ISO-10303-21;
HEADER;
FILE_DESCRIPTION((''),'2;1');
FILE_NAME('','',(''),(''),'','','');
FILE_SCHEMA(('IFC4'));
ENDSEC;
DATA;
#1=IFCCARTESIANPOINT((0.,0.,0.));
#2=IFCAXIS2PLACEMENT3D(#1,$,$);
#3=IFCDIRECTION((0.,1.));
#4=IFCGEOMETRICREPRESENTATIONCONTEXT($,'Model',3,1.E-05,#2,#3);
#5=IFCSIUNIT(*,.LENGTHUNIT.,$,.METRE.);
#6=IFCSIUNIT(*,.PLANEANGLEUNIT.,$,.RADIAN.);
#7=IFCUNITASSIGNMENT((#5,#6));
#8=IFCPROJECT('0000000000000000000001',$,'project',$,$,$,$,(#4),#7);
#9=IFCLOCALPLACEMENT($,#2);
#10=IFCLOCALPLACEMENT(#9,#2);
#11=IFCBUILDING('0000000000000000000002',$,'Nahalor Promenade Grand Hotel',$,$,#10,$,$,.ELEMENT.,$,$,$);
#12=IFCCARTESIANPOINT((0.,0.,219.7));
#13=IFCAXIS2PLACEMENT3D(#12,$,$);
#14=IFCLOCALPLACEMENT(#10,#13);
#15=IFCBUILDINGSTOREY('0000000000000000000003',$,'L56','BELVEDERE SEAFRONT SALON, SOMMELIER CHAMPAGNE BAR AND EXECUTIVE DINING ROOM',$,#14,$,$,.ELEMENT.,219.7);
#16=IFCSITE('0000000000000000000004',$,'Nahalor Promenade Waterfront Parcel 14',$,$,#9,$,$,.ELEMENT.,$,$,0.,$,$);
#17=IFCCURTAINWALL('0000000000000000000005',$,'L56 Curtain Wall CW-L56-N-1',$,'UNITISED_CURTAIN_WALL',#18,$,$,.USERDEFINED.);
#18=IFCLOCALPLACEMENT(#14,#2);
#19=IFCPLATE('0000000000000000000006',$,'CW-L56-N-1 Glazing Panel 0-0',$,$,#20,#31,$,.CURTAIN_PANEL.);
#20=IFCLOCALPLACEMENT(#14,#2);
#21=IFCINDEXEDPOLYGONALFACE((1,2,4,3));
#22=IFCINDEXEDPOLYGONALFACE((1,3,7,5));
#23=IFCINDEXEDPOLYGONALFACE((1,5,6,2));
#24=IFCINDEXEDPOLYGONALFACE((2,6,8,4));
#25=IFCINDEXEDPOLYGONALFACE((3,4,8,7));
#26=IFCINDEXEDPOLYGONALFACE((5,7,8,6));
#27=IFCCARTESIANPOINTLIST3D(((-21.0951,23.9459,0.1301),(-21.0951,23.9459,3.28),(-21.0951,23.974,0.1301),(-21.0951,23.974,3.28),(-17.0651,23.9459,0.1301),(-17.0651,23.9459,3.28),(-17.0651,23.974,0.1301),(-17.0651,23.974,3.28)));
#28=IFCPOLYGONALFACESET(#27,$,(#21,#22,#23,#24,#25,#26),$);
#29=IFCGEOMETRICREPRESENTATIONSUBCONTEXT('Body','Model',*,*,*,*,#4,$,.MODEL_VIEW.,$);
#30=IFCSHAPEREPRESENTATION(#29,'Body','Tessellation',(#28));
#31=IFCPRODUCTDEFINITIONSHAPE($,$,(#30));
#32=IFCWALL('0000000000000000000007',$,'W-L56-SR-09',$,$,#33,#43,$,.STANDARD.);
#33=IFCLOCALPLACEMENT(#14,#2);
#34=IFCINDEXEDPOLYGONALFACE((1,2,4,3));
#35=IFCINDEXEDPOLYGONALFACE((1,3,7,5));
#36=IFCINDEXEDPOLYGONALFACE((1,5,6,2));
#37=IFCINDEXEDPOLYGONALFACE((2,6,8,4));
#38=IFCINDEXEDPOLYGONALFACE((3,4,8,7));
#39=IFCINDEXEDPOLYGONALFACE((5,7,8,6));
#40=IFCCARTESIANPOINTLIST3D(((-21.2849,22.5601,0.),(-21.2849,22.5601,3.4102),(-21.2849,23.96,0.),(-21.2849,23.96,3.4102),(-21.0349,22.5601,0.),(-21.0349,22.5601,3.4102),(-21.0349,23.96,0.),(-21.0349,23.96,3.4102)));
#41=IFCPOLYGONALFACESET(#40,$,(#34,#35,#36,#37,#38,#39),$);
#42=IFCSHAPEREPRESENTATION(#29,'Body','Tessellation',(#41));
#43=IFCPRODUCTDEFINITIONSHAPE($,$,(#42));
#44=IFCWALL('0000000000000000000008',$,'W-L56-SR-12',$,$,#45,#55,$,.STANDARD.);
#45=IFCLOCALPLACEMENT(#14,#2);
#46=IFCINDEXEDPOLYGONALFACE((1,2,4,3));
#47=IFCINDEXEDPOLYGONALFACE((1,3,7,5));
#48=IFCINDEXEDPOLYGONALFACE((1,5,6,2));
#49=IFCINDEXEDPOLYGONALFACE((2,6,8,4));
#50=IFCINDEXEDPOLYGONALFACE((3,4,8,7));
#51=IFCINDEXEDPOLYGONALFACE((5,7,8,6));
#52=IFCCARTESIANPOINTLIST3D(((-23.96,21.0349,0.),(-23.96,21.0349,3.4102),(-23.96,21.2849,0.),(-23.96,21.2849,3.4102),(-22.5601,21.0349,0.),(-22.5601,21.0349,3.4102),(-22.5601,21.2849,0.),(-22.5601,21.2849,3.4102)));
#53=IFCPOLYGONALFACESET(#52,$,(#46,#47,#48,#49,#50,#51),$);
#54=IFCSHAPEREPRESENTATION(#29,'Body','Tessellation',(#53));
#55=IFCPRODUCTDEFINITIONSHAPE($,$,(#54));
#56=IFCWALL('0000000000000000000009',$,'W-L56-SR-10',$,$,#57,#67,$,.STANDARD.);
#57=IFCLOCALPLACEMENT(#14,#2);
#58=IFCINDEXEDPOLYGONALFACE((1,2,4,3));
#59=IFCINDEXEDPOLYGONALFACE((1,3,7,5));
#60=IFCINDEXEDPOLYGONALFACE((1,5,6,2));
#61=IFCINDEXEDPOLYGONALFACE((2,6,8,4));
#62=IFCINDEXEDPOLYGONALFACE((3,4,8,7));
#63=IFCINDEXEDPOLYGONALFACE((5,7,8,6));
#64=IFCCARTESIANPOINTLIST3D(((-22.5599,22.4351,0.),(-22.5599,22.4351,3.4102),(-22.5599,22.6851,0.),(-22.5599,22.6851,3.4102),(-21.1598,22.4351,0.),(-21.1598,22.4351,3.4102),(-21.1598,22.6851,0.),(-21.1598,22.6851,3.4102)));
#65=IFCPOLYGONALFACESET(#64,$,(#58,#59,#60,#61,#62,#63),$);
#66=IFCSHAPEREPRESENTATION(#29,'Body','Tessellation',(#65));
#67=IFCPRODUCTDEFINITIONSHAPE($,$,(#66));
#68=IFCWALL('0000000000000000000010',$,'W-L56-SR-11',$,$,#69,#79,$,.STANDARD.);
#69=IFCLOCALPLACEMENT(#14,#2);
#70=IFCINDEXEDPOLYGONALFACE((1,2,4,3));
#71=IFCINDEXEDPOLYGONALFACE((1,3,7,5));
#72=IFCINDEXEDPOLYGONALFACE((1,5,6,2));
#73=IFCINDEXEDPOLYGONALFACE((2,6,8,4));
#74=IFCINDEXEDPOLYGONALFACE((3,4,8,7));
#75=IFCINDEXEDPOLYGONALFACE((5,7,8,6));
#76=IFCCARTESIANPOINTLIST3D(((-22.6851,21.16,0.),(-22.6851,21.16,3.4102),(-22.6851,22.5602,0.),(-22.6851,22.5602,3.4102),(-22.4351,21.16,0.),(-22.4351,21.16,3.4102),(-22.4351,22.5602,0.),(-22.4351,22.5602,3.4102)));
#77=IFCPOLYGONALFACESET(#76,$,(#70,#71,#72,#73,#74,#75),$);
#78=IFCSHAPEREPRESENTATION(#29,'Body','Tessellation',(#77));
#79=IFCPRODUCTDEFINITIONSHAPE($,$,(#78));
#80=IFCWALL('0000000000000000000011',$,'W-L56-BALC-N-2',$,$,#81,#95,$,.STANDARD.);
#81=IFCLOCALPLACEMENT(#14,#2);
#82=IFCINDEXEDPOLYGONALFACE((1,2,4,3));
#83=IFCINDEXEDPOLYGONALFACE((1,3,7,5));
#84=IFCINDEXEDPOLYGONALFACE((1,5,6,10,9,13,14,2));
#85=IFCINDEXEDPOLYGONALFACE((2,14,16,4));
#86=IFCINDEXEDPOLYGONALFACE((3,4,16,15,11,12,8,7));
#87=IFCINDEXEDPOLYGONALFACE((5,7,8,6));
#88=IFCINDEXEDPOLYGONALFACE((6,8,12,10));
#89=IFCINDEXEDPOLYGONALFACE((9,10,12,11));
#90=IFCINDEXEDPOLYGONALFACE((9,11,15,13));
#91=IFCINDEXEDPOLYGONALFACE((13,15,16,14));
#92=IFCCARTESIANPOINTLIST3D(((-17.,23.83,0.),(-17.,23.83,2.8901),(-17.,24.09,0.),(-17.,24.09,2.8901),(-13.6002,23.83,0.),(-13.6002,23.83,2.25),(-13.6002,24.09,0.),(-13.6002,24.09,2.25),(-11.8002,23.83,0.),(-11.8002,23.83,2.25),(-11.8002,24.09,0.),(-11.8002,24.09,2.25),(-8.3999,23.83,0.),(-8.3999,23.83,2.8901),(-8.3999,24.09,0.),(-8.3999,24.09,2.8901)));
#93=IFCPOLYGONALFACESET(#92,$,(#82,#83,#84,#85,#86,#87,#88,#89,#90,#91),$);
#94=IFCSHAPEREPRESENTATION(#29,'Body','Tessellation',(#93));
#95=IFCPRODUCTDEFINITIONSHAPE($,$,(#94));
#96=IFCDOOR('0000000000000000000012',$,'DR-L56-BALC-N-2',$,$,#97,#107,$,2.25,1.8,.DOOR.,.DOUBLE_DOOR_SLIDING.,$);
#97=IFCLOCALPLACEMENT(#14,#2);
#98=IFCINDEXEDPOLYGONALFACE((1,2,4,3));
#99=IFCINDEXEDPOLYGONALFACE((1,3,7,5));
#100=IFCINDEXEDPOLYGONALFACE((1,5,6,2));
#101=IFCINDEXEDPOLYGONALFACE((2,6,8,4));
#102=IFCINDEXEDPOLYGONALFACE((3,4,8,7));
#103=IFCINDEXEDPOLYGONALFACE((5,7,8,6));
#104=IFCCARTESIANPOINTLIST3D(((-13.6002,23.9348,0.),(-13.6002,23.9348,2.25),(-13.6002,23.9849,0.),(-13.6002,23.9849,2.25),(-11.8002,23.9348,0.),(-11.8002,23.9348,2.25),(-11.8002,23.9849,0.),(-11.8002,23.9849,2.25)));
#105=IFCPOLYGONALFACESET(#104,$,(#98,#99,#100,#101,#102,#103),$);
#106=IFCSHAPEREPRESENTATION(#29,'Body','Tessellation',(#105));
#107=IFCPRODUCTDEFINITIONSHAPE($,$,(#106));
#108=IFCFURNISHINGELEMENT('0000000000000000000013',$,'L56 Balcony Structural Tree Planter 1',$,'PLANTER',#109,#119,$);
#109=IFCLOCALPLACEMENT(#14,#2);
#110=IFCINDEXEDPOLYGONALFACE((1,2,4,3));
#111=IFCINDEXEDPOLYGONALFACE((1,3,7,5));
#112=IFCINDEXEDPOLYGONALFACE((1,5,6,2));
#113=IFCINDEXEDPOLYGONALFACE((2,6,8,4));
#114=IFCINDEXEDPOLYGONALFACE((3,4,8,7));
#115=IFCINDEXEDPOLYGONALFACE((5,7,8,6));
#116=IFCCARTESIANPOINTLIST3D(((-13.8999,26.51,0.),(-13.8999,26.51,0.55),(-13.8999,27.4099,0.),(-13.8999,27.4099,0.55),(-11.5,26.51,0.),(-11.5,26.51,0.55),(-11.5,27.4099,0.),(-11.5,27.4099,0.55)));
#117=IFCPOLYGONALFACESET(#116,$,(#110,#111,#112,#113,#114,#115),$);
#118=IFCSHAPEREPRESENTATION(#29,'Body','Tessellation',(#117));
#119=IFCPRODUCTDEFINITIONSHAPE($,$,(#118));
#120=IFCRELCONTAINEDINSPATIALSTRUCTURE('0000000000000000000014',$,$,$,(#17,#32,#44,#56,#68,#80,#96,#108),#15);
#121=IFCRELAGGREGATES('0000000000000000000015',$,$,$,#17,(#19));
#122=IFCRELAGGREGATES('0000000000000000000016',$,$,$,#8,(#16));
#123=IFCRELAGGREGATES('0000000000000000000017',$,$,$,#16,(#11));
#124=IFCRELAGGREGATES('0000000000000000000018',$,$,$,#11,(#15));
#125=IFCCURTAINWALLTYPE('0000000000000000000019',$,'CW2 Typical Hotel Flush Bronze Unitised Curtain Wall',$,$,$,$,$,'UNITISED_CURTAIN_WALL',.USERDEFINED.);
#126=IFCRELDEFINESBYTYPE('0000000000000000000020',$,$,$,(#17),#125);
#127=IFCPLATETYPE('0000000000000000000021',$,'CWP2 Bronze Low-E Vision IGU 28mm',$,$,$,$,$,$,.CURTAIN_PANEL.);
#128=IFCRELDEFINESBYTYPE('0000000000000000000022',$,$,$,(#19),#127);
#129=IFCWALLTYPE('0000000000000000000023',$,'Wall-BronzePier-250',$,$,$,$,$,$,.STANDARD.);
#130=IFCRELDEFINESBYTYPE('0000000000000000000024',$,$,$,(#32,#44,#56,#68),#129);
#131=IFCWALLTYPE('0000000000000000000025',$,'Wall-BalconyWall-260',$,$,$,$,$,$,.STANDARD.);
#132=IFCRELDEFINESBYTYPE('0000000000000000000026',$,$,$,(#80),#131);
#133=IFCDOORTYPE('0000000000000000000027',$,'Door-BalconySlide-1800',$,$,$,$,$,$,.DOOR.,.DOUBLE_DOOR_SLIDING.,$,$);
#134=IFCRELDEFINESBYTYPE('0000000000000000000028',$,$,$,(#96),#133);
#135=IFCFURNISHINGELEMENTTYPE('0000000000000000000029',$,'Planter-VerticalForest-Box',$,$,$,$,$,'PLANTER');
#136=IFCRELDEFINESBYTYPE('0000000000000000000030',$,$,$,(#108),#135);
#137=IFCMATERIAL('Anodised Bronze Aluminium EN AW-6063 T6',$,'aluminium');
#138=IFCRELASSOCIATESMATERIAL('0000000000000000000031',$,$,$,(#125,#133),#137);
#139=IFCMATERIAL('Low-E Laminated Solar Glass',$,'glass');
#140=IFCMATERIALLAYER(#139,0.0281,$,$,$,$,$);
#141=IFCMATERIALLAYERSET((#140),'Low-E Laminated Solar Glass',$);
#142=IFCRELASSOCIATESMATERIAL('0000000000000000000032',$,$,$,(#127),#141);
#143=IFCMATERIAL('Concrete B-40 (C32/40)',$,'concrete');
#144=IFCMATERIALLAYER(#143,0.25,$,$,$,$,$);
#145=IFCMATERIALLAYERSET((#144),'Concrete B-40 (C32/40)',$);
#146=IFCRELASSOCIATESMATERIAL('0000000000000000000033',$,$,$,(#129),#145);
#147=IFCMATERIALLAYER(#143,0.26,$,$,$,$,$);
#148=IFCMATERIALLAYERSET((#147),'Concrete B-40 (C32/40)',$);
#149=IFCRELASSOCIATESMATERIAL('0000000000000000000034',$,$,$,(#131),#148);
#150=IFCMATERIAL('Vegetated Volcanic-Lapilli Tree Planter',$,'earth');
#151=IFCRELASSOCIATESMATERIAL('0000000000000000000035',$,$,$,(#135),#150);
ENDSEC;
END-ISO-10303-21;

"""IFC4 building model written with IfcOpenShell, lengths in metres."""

from ifc_helpers import new_model, si_unit, direction, frame, frame_2d, origin, origin_2d, place, context, subcontext, project, spatial, rectangle, extrude, source, transform, mapped, material, layer, layer_set, type_object, element, fill, aggregate, save


model = new_model("IFC4")

# Units and contexts
model_context = context("Model", 3, precision=1e-05, world=origin(), true_north=direction((0.0, 1.0)))
body_context = subcontext(model_context, "Body", "Model", "MODEL_VIEW")
ifc_project = project(units=[si_unit("LENGTHUNIT", "METRE"), si_unit("PLANEANGLEUNIT", "RADIAN")], contexts=[model_context])

# Site, building, storey
site_placement = place(None, origin())
site = spatial("IfcSite", under=ifc_project, at=site_placement, Name="Nahalor Promenade Waterfront Parcel 14", CompositionType="ELEMENT", RefElevation=0.0)
building_placement = place(site_placement, origin())
building = spatial("IfcBuilding", under=site, at=building_placement, Name="Nahalor Promenade Grand Hotel", CompositionType="ELEMENT")
storey_placement = place(building_placement, frame((0.0, 0.0, 219.7)))
storey = spatial("IfcBuildingStorey", under=building, at=storey_placement, Name="L56", Description="BELVEDERE SEAFRONT SALON, SOMMELIER CHAMPAGNE BAR AND EXECUTIVE DINING ROOM", CompositionType="ELEMENT", Elevation=219.7)

# Curtain wall
ifc_material_1 = material(Name="Anodised Bronze Aluminium EN AW-6063 T6", Category="aluminium")
curtain_wall_type = type_object("IfcCurtainWallType", Name="CW2 Typical Hotel Flush Bronze Unitised Curtain Wall", ElementType="UNITISED_CURTAIN_WALL", PredefinedType="USERDEFINED", material=ifc_material_1)
curtain_wall_1_placement = place(storey_placement, origin())
curtain_wall_1 = element("IfcCurtainWall", 1, at=curtain_wall_1_placement, inside=storey, type_object=curtain_wall_type, Name="L56 Curtain Wall CW-L56-N-1", ObjectType="UNITISED_CURTAIN_WALL", PredefinedType="USERDEFINED")

# Plate
ifc_material_2 = material(Name="Low-E Laminated Solar Glass", Category="glass")
ifc_layer_1 = layer(ifc_material_2, 0.0281)
ifc_layer_set_1 = layer_set([ifc_layer_1], Name="Low-E Laminated Solar Glass")
plate_type = type_object("IfcPlateType", Name="CWP2 Bronze Low-E Vision IGU 28mm", PredefinedType="CURTAIN_PANEL", material=ifc_layer_set_1)
shared_shape_1 = source(origin(), body_context, "Body", "SweptSolid", [
    extrude(rectangle(XDim=4.03, YDim=0.0281, at=origin_2d()), origin(), (0.0, 0.0, 1.0), 3.1499),
])
plate_placement = place(storey_placement, frame((-19.0801, 23.96, 0.1301), z_axis=(0.0, 0.0, 1.0), x_axis=(1.0, 0.0, 0.0)))
plate = element("IfcPlate", 2, at=plate_placement, type_object=plate_type, Name="CW-L56-N-1 Glazing Panel 0-0", PredefinedType="CURTAIN_PANEL", context=body_context, shape_type="MappedRepresentation", body=[
    mapped(shared_shape_1, transform((0.0, 0.0, 0.0), scale=1.0)),
])
aggregate(curtain_wall_1, [plate])

# Walls
ifc_material_3 = material(Name="Concrete B-40 (C32/40)", Category="concrete")
ifc_layer_2 = layer(ifc_material_3, 0.25)
ifc_layer_set_2 = layer_set([ifc_layer_2], Name="Concrete B-40 (C32/40)")
wall_type_1 = type_object("IfcWallType", Name="Wall-BronzePier-250", PredefinedType="STANDARD", material=ifc_layer_set_2)
shared_shape_2 = source(origin(), body_context, "Body", "SweptSolid", [
    extrude(rectangle(XDim=1.3999, YDim=0.25, at=frame_2d((0.7, 0.0))), origin(), (0.0, 0.0, 1.0), 3.4102),
])
for number, where, z_axis, x_axis, name in (
    (3, (-21.1599, 22.5601, 0.0), (0.0, 0.0, 1.0), (0.0, 1.0, 0.0), "W-L56-SR-09"),
    (4, (-23.96, 21.1599, 0.0), (0.0, 0.0, 1.0), (1.0, 0.0, 0.0), "W-L56-SR-12"),
):
    element("IfcWall", number, at=place(storey_placement, frame(where, z_axis=z_axis, x_axis=x_axis)), inside=storey, type_object=wall_type_1, Name=name, PredefinedType="STANDARD", context=body_context, shape_type="MappedRepresentation", body=[
        mapped(shared_shape_2, transform((0.0, 0.0, 0.0), scale=1.0)),
    ])
shared_shape_3 = source(origin(), body_context, "Body", "SweptSolid", [
    extrude(rectangle(XDim=1.4001, YDim=0.25, at=frame_2d((0.7002, 0.0))), origin(), (0.0, 0.0, 1.0), 3.4102),
])
for number, where, z_axis, x_axis, name in (
    (5, (-22.5601, 22.5601, 0.0), (0.0, 0.0, 1.0), (1.0, 0.0, 0.0), "W-L56-SR-10"),
    (6, (-22.5601, 21.1599, 0.0), (0.0, 0.0, 1.0), (0.0, 1.0, 0.0), "W-L56-SR-11"),
):
    element("IfcWall", number, at=place(storey_placement, frame(where, z_axis=z_axis, x_axis=x_axis)), inside=storey, type_object=wall_type_1, Name=name, PredefinedType="STANDARD", context=body_context, shape_type="MappedRepresentation", body=[
        mapped(shared_shape_3, transform((0.0, 0.0, 0.0), scale=1.0)),
    ])

# Wall, opening, door
ifc_layer_3 = layer(ifc_material_3, 0.26)
ifc_layer_set_3 = layer_set([ifc_layer_3], Name="Concrete B-40 (C32/40)")
wall_type_2 = type_object("IfcWallType", Name="Wall-BalconyWall-260", PredefinedType="STANDARD", material=ifc_layer_set_3)
shared_shape_4 = source(origin(), body_context, "Body", "SweptSolid", [
    extrude(rectangle(XDim=8.6001, YDim=0.26, at=frame_2d((4.3, 0.0))), origin(), (0.0, 0.0, 1.0), 2.8901),
])
wall_placement = place(storey_placement, frame((-17.0, 23.96, 0.0), z_axis=(0.0, 0.0, 1.0), x_axis=(1.0, 0.0, 0.0)))
wall = element("IfcWall", 7, at=wall_placement, inside=storey, type_object=wall_type_2, Name="W-L56-BALC-N-2", PredefinedType="STANDARD", context=body_context, shape_type="MappedRepresentation", body=[
    mapped(shared_shape_4, transform((0.0, 0.0, 0.0), scale=1.0)),
])
opening_placement = place(wall_placement, frame((3.3999, 0.0, 0.0)))
opening = element("IfcOpeningElement", 8, at=opening_placement, cuts=wall, PredefinedType="OPENING", context=body_context, shape_type="SweptSolid", body=[
    extrude(rectangle(XDim=1.8, YDim=2.25, at=frame_2d((0.8999, 1.125))), frame((0.0, 0.1399, 0.0), z_axis=(0.0, -1.0, 0.0), x_axis=(1.0, 0.0, 0.0)), (0.0, 0.0, 1.0), 0.28),
])
door_type = type_object("IfcDoorType", Name="Door-BalconySlide-1800", OperationType="DOUBLE_DOOR_SLIDING", PredefinedType="DOOR", material=ifc_material_1)
shared_shape_5 = source(origin(), body_context, "Body", "SweptSolid", [
    extrude(rectangle(XDim=1.8, YDim=2.25, at=frame_2d((0.8999, 1.125))), frame((0.0, 0.0249, 0.0), z_axis=(0.0, -1.0, 0.0), x_axis=(1.0, 0.0, 0.0)), (0.0, 0.0, 1.0), 0.05),
])
door_placement = place(opening_placement, origin())
door = element("IfcDoor", 9, at=door_placement, inside=storey, type_object=door_type, Name="DR-L56-BALC-N-2", OperationType="DOUBLE_DOOR_SLIDING", OverallHeight=2.25, OverallWidth=1.8, PredefinedType="DOOR", context=body_context, shape_type="MappedRepresentation", body=[
    mapped(shared_shape_5, transform((0.0, 0.0, 0.0), scale=1.0)),
])
fill(opening, door)

# Furnishing element
ifc_material_4 = material(Name="Vegetated Volcanic-Lapilli Tree Planter", Category="earth")
furnishing_element_type = type_object("IfcFurnishingElementType", Name="Planter-VerticalForest-Box", ElementType="PLANTER", material=ifc_material_4)
shared_shape_6 = source(origin(), body_context, "Body", "SweptSolid", [
    extrude(rectangle(XDim=2.3999, YDim=0.8999, at=origin_2d()), origin(), (0.0, 0.0, 1.0), 0.55),
])
furnishing_placement = place(storey_placement, frame((-12.7, 26.96, 0.0), z_axis=(0.0, 0.0, 1.0), x_axis=(1.0, 0.0, 0.0)))
element("IfcFurnishingElement", 10, at=furnishing_placement, inside=storey, type_object=furnishing_element_type, Name="L56 Balcony Structural Tree Planter 1", ObjectType="PLANTER", context=body_context, shape_type="MappedRepresentation", body=[
    mapped(shared_shape_6, transform((0.0, 0.0, 0.0), scale=1.0)),
])

save(model, "model.ifc")
